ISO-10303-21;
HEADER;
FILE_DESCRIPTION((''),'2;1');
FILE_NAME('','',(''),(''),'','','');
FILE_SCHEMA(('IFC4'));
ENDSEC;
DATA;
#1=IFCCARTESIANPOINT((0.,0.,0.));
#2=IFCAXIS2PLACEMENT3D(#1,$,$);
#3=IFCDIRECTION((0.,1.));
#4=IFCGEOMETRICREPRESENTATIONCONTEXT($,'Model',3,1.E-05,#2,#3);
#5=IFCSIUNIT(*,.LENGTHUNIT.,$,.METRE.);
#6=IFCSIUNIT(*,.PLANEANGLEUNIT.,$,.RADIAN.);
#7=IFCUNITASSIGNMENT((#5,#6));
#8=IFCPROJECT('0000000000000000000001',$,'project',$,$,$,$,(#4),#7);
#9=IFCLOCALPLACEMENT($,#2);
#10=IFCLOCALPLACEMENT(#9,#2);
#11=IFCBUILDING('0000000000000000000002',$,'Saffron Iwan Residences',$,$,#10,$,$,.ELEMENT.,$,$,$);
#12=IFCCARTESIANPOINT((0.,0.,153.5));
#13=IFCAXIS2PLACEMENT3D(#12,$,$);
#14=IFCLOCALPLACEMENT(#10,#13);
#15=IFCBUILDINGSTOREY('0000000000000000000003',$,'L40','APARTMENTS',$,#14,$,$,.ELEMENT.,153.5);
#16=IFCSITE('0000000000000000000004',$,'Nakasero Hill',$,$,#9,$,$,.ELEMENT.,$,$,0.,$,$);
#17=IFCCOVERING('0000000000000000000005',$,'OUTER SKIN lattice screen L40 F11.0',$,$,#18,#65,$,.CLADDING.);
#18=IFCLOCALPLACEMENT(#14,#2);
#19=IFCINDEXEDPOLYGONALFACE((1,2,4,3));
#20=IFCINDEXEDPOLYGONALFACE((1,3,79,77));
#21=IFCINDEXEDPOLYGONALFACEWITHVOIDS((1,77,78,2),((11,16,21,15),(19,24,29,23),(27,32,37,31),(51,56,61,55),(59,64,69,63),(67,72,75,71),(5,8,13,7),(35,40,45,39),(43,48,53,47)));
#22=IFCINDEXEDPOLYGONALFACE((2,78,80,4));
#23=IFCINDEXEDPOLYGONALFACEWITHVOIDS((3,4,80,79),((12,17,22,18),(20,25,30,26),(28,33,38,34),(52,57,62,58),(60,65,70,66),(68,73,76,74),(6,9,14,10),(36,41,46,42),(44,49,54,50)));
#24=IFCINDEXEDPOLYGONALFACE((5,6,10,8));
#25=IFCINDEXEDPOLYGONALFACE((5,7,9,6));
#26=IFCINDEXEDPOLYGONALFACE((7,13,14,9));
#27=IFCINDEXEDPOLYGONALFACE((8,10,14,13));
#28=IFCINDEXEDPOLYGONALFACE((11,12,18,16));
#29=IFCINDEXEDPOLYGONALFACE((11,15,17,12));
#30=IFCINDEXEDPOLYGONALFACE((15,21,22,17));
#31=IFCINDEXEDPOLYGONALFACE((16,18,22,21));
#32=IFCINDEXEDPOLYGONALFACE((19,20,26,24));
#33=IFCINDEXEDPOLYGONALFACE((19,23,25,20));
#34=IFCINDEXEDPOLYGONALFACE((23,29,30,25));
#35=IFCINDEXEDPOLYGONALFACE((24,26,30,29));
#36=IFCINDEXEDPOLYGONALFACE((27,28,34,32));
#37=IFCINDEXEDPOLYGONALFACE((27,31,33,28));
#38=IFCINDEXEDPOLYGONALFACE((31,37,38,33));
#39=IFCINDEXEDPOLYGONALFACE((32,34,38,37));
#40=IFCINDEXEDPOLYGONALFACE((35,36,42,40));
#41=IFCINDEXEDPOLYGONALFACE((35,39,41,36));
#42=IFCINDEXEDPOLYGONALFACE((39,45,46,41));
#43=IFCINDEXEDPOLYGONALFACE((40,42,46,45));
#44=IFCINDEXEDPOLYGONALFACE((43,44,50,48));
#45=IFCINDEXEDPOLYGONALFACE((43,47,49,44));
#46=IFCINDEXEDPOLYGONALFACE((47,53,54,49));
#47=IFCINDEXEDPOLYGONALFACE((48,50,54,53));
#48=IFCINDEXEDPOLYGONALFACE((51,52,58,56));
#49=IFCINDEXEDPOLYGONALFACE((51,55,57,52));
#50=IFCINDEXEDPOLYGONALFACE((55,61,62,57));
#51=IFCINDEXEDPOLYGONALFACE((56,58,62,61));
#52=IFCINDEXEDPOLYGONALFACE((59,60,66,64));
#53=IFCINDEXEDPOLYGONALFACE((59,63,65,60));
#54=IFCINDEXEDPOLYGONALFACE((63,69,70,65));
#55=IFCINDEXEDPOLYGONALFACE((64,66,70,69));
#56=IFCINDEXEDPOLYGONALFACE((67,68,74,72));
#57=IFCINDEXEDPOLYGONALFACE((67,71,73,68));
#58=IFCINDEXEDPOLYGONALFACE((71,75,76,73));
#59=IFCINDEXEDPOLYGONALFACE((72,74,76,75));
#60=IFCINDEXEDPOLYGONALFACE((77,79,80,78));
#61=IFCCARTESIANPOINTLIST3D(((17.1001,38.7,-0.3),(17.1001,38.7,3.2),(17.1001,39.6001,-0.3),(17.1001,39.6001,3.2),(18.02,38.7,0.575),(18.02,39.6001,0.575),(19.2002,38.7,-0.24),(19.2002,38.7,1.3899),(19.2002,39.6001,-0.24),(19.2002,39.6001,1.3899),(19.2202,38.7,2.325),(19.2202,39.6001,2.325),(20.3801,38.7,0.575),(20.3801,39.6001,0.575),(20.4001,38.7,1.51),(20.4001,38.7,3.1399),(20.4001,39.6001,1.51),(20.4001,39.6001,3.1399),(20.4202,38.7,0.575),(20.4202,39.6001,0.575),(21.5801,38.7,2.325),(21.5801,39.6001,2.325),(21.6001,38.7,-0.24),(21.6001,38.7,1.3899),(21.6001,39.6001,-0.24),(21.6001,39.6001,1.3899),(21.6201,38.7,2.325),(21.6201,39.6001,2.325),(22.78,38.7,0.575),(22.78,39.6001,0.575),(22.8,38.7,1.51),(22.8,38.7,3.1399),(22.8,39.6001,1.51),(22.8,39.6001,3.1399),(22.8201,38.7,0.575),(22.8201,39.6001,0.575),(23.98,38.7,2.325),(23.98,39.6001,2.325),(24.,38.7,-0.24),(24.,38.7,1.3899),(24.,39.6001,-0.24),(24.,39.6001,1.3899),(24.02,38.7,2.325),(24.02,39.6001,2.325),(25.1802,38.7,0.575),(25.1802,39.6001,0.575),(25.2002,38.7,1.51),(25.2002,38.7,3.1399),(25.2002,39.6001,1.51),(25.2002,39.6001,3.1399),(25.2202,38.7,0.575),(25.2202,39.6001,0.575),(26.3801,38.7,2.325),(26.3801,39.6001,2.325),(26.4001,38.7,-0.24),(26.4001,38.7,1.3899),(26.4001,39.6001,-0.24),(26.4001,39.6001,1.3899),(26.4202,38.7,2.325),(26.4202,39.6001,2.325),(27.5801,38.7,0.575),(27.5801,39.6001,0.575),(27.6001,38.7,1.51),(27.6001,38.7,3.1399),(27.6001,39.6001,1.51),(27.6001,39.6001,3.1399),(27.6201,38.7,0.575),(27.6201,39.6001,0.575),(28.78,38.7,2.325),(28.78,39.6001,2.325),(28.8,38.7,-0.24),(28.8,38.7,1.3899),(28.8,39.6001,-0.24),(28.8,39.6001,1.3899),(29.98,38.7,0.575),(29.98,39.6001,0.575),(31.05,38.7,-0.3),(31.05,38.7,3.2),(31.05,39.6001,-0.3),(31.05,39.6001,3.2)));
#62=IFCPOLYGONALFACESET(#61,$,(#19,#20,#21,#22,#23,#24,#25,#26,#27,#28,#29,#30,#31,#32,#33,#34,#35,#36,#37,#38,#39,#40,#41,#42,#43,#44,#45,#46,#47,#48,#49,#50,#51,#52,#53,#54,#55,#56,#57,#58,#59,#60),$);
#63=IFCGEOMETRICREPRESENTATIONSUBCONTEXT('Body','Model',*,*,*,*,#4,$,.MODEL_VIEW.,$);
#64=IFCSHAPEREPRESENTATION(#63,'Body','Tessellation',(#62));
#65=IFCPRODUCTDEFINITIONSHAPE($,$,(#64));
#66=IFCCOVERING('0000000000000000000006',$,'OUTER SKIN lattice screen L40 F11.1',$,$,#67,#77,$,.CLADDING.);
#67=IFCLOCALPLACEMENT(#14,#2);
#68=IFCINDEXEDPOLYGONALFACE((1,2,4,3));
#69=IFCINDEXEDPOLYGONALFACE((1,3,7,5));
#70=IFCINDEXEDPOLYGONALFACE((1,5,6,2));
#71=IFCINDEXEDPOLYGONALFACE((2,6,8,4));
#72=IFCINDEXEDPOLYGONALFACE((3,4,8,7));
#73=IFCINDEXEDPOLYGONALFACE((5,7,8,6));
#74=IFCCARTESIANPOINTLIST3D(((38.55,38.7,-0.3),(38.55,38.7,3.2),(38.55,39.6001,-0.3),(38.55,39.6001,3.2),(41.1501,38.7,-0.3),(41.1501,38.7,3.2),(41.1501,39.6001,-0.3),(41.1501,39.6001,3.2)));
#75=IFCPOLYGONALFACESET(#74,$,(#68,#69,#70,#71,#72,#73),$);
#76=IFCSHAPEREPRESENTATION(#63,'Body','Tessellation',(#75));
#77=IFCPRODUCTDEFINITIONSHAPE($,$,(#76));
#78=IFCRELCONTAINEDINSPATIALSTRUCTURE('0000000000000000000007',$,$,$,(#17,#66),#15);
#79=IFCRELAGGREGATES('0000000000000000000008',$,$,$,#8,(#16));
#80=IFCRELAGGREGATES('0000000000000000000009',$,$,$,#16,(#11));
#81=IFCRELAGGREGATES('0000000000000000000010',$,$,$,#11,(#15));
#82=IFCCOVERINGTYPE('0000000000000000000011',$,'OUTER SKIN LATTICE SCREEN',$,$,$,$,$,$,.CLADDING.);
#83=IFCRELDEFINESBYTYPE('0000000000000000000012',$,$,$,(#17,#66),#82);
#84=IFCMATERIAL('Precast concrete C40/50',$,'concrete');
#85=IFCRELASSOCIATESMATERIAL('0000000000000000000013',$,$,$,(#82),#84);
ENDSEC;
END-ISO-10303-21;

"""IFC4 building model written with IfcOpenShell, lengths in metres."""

from ifc_helpers import new_model, si_unit, direction, frame, origin, place, context, subcontext, project, spatial, polyline, outline, extrude, material, type_object, element, save


model = new_model("IFC4")

# Units and contexts
model_context = context("Model", 3, precision=1e-05, world=origin(), true_north=direction((0.0, 1.0)))
body_context = subcontext(model_context, "Body", "Model", "MODEL_VIEW")
ifc_project = project(units=[si_unit("LENGTHUNIT", "METRE"), si_unit("PLANEANGLEUNIT", "RADIAN")], contexts=[model_context])

# Site, building, storey
site_placement = place(None, origin())
site = spatial("IfcSite", under=ifc_project, at=site_placement, Name="Nakasero Hill", CompositionType="ELEMENT", RefElevation=0.0)
building_placement = place(site_placement, origin())
building = spatial("IfcBuilding", under=site, at=building_placement, Name="Saffron Iwan Residences", CompositionType="ELEMENT")
storey_placement = place(building_placement, frame((0.0, 0.0, 153.5)))
storey = spatial("IfcBuildingStorey", under=building, at=storey_placement, Name="L40", Description="APARTMENTS", CompositionType="ELEMENT", Elevation=153.5)

# Coverings
ifc_material_1 = material(Name="Precast concrete C40/50", Category="concrete")
covering_type = type_object("IfcCoveringType", Name="OUTER SKIN LATTICE SCREEN", PredefinedType="CLADDING", material=ifc_material_1)
covering_1_placement = place(storey_placement, frame((17.1001, 39.6001, -0.3), z_axis=(0.0, -1.0, 0.0), x_axis=(1.0, 0.0, 0.0)))
element("IfcCovering", 1, at=covering_1_placement, inside=storey, type_object=covering_type, Name="OUTER SKIN lattice screen L40 F11.0", PredefinedType="CLADDING", context=body_context, shape_type="SweptSolid", body=[
    extrude(outline(polyline([(0.0, 0.0), (13.95, 0.0), (13.95, 3.5), (0.0, 3.5), (0.0, 0.0)]), holes=[polyline([(0.9199, 0.875), (2.1001, 0.0601), (3.28, 0.875), (2.1001, 1.6899), (0.9199, 0.875)]), polyline([(3.3201, 0.875), (4.5, 0.0601), (5.6799, 0.875), (4.5, 1.6899), (3.3201, 0.875)]), polyline([(5.72, 0.875), (6.8999, 0.0601), (8.0801, 0.875), (6.8999, 1.6899), (5.72, 0.875)]), polyline([(8.1201, 0.875), (9.3, 0.0601), (10.48, 0.875), (9.3, 1.6899), (8.1201, 0.875)]), polyline([(10.52, 0.875), (11.7, 0.0601), (12.8799, 0.875), (11.7, 1.6899), (10.52, 0.875)]), polyline([(2.1201, 2.625), (3.3, 1.8101), (4.48, 2.625), (3.3, 3.4399), (2.1201, 2.625)]), polyline([(4.52, 2.625), (5.7, 1.8101), (6.8799, 2.625), (5.7, 3.4399), (4.52, 2.625)]), polyline([(6.9199, 2.625), (8.1001, 1.8101), (9.28, 2.625), (8.1001, 3.4399), (6.9199, 2.625)]), polyline([(9.3201, 2.625), (10.5, 1.8101), (11.6799, 2.625), (10.5, 3.4399), (9.3201, 2.625)])]), origin(), (0.0, 0.0, 1.0), 0.9001),
])
covering_2_placement = place(storey_placement, frame((38.55, 39.6001, -0.3), z_axis=(0.0, -1.0, 0.0), x_axis=(1.0, 0.0, 0.0)))
element("IfcCovering", 2, at=covering_2_placement, inside=storey, type_object=covering_type, Name="OUTER SKIN lattice screen L40 F11.1", PredefinedType="CLADDING", context=body_context, shape_type="SweptSolid", body=[
    extrude(outline(polyline([(0.0, 0.0), (2.6001, 0.0), (2.6001, 3.5), (0.0, 3.5), (0.0, 0.0)])), origin(), (0.0, 0.0, 1.0), 0.9001),
])

save(model, "model.ifc")
